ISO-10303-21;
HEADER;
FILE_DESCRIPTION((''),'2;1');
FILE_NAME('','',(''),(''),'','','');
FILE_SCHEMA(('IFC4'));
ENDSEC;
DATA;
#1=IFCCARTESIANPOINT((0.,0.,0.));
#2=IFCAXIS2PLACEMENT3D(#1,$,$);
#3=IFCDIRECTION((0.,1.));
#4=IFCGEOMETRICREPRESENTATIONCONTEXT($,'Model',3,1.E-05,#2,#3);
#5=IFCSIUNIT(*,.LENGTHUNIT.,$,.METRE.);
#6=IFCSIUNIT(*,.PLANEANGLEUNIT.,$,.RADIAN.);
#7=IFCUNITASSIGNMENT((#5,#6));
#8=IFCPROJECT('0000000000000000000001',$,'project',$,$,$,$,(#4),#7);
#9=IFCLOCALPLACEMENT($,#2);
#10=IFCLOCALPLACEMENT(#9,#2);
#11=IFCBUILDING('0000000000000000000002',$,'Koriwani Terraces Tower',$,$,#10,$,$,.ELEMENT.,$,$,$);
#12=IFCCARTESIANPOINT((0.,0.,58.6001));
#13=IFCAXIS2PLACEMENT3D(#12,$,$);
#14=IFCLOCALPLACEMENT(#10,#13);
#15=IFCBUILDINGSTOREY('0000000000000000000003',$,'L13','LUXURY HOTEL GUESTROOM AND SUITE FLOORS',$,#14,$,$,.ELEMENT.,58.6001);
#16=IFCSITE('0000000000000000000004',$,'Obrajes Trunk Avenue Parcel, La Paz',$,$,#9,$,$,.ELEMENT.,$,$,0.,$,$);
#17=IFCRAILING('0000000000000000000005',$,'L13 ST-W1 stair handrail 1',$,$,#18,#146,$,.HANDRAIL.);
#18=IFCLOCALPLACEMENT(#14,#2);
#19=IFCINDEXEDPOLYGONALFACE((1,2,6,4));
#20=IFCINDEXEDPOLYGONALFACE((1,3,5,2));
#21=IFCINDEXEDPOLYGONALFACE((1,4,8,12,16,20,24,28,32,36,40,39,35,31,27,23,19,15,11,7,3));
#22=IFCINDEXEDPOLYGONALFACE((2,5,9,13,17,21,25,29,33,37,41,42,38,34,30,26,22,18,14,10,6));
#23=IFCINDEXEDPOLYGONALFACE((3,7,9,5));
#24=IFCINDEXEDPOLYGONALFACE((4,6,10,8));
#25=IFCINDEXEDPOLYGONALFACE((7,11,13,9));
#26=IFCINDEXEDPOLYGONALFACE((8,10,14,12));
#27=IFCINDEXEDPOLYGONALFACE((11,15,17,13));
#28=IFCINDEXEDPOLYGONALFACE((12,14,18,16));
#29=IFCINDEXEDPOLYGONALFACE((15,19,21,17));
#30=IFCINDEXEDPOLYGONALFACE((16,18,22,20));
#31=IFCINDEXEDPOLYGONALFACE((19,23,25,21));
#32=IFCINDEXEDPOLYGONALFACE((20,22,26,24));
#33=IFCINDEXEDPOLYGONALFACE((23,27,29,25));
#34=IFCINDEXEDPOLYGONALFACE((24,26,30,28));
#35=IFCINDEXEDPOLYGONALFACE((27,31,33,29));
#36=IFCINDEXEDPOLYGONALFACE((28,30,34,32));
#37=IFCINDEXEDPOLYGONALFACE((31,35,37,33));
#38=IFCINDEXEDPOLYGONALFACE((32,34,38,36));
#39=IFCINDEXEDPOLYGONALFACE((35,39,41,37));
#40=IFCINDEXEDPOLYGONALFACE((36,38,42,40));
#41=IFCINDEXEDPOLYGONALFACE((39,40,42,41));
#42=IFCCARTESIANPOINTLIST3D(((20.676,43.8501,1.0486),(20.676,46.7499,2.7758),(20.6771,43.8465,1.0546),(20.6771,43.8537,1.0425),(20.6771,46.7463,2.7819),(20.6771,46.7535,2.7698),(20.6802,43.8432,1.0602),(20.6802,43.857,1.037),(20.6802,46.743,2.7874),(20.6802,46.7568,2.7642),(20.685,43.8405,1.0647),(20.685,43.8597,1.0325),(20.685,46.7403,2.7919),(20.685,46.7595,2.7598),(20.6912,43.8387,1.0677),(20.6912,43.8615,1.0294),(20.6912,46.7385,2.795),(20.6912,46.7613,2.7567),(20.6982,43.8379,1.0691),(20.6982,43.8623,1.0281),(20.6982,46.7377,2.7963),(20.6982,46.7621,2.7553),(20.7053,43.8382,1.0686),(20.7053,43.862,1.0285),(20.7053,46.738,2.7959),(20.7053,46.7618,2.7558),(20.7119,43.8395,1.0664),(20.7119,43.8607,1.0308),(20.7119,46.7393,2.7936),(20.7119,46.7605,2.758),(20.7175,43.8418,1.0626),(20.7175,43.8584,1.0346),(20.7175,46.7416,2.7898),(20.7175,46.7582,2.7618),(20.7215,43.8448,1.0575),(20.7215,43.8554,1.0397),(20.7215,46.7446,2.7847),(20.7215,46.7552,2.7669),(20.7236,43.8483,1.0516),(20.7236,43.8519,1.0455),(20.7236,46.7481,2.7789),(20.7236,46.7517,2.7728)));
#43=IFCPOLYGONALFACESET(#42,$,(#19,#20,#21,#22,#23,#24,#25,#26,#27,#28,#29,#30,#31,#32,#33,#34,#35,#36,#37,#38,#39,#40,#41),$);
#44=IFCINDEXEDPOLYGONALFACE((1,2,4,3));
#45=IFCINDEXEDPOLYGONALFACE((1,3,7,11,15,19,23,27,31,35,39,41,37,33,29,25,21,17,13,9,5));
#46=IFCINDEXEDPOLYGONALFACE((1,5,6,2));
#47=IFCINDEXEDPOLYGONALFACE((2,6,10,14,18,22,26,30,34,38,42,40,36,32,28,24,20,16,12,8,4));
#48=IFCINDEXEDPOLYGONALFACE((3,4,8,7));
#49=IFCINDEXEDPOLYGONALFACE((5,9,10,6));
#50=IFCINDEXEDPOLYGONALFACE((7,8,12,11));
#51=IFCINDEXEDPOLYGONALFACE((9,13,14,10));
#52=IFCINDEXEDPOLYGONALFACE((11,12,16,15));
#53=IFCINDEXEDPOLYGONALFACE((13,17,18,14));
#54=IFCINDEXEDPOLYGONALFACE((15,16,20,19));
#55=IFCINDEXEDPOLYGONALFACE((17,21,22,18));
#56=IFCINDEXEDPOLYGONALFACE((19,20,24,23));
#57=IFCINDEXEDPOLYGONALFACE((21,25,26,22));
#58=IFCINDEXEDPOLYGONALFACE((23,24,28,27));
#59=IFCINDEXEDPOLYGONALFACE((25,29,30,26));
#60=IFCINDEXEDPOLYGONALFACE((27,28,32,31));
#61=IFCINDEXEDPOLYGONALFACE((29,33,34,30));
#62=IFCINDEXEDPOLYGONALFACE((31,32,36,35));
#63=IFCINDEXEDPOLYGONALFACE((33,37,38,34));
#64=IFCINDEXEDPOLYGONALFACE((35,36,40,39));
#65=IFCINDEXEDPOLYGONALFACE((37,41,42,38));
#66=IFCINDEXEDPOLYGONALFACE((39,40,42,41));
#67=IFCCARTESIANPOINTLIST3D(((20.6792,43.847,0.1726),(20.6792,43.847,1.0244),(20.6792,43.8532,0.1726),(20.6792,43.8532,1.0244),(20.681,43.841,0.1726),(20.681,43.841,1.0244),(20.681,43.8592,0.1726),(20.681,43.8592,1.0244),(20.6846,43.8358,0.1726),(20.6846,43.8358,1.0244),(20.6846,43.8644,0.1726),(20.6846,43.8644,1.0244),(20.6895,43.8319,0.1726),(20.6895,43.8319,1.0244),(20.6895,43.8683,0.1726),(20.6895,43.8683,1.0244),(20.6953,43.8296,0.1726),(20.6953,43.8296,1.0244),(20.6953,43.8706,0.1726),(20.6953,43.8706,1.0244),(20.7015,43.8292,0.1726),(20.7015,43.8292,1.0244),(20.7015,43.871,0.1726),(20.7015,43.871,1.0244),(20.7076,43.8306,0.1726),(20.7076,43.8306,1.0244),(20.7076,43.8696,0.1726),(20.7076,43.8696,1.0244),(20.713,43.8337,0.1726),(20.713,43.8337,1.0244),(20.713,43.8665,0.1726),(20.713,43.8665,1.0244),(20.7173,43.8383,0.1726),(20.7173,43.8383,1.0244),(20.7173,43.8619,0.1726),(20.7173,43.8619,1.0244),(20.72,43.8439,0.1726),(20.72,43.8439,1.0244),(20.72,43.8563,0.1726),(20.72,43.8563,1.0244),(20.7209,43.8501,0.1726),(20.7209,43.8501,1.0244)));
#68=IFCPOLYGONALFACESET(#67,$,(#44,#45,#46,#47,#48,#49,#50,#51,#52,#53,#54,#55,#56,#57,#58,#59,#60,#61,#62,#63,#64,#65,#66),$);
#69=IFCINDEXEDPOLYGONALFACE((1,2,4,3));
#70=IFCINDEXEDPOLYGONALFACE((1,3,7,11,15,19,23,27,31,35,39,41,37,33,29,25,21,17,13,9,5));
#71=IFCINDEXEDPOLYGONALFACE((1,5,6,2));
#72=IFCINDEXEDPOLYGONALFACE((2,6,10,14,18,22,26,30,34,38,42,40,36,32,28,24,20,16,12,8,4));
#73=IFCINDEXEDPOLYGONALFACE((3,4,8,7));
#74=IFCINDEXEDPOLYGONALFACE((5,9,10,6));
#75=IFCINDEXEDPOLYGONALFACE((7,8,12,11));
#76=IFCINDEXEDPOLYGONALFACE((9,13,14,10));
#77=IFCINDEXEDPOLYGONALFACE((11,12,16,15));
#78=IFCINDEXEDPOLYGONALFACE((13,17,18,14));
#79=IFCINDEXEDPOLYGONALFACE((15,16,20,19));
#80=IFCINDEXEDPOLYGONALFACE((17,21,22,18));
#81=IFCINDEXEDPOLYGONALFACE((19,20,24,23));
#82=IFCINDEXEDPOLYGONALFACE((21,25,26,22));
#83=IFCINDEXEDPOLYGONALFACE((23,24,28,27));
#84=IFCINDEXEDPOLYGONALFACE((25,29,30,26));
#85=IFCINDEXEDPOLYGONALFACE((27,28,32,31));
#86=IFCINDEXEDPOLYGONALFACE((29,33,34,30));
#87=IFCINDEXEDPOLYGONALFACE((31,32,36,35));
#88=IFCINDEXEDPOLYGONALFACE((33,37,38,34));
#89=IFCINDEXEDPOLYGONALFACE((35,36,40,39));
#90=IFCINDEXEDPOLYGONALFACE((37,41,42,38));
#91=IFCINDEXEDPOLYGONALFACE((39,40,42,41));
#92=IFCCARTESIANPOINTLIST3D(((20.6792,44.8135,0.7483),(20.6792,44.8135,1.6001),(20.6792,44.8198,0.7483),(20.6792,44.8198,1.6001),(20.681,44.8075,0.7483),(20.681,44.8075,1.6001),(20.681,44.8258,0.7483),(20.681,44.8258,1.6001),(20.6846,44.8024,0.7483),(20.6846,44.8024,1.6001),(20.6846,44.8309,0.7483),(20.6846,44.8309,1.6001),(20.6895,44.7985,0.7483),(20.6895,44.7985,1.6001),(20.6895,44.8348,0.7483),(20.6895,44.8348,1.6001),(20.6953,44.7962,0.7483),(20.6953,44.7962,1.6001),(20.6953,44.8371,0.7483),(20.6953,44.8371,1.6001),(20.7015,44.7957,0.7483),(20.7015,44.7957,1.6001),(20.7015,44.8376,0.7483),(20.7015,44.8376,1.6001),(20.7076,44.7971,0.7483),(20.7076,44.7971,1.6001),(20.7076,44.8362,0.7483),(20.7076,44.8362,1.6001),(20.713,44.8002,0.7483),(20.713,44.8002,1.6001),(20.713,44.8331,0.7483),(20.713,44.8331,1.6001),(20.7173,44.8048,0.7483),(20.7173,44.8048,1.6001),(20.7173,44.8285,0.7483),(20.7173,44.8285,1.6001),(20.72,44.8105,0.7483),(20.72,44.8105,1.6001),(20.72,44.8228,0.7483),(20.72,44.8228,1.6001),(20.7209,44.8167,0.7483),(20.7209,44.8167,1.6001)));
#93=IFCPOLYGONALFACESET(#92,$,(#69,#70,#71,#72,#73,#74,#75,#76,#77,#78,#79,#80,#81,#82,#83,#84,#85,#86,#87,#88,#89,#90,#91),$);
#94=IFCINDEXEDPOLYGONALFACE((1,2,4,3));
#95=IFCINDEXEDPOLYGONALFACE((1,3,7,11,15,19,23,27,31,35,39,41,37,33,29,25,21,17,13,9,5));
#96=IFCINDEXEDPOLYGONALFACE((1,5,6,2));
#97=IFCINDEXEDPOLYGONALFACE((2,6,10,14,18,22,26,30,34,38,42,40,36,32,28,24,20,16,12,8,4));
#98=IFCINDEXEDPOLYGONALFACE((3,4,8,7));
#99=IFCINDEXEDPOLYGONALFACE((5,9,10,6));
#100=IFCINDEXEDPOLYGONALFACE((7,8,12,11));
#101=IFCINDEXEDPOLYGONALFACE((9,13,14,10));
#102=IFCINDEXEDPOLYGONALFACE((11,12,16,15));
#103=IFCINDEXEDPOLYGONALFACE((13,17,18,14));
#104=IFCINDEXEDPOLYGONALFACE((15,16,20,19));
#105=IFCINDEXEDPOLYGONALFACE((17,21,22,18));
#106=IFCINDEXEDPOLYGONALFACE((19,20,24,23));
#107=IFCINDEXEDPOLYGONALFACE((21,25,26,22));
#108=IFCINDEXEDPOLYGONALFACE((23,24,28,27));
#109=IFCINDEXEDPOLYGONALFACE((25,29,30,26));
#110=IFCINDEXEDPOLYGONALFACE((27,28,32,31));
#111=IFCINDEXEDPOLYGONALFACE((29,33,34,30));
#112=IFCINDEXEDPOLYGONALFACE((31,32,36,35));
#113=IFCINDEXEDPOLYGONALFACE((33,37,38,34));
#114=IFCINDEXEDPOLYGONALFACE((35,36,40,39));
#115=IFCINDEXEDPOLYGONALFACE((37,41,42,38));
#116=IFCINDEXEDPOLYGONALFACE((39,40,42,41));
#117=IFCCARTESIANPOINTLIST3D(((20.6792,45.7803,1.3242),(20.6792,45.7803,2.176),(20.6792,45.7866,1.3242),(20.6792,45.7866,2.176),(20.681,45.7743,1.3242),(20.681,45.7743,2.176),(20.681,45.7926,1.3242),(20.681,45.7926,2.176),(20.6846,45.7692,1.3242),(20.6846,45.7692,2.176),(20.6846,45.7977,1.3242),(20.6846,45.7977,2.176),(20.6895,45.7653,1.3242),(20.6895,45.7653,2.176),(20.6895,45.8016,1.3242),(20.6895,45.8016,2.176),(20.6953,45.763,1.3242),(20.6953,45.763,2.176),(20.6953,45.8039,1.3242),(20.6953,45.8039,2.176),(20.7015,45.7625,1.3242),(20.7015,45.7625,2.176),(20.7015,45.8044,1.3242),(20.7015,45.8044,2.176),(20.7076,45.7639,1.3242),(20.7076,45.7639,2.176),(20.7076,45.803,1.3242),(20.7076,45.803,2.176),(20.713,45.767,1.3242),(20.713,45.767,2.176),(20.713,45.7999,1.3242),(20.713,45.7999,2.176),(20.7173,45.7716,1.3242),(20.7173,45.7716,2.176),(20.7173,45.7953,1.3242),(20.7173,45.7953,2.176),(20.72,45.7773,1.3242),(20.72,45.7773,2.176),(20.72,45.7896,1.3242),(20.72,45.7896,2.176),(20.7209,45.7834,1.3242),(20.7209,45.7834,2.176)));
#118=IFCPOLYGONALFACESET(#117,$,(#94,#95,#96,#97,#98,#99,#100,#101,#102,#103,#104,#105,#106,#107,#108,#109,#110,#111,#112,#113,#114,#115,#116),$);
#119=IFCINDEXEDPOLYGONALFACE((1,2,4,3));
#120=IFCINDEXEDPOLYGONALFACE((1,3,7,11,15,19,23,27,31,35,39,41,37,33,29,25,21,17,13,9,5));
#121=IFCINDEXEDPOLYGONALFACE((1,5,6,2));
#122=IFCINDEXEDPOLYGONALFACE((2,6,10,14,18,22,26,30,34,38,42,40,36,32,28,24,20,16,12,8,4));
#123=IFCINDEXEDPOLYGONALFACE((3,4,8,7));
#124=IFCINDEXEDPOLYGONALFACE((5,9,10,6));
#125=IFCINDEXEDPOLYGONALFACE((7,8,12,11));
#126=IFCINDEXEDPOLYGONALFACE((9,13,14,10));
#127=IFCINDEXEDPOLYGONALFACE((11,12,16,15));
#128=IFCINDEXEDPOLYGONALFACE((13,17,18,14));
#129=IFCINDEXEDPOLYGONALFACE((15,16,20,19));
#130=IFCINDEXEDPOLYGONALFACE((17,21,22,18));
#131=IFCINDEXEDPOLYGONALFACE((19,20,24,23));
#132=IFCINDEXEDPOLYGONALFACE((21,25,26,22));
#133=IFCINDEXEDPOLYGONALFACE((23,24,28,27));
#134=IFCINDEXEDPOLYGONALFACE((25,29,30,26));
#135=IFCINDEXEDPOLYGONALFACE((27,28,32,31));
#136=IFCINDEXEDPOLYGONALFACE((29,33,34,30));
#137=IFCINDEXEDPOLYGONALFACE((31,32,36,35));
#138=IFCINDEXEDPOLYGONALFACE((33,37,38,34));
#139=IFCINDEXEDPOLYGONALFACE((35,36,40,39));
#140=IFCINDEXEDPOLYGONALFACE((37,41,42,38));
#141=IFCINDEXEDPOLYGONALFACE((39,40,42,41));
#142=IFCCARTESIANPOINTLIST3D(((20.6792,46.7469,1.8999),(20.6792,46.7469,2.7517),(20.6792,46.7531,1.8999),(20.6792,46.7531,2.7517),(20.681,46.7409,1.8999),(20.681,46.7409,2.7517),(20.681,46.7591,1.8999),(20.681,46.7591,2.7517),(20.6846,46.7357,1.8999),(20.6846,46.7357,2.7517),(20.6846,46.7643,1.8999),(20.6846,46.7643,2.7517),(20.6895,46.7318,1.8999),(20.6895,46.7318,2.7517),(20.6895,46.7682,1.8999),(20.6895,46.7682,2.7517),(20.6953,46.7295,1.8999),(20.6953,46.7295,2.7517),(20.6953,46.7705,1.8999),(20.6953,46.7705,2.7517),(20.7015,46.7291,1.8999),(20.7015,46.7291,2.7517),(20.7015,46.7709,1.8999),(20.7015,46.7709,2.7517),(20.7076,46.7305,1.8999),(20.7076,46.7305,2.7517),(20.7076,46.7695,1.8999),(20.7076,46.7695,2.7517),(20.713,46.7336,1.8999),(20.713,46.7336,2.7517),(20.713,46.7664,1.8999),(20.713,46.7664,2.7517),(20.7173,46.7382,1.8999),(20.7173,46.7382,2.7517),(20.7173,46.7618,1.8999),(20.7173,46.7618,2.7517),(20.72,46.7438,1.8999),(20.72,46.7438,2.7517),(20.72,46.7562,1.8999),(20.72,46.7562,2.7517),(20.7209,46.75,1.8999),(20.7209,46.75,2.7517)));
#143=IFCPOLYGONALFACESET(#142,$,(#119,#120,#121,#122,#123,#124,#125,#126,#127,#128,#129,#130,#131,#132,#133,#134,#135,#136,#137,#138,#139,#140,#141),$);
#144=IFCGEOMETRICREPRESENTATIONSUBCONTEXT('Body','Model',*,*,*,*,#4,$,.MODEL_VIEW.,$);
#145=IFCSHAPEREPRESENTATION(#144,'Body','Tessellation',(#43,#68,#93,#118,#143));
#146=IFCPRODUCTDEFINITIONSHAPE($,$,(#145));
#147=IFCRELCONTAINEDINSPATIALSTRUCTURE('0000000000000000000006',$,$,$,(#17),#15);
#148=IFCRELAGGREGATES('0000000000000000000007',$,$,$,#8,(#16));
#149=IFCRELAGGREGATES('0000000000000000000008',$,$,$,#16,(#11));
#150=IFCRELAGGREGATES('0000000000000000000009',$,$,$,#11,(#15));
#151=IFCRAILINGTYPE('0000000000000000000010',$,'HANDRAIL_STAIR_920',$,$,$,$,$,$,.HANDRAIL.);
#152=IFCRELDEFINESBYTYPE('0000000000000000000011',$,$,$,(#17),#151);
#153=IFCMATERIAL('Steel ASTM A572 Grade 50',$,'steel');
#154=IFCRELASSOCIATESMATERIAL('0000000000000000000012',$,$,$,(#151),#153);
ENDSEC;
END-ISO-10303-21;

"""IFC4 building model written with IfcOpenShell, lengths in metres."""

from ifc_helpers import new_model, si_unit, direction, frame, origin, origin_2d, place, context, subcontext, project, spatial, circle, extrude, material, type_object, element, save


model = new_model("IFC4")

# Units and contexts
model_context = context("Model", 3, precision=1e-05, world=origin(), true_north=direction((0.0, 1.0)))
body_context = subcontext(model_context, "Body", "Model", "MODEL_VIEW")
ifc_project = project(units=[si_unit("LENGTHUNIT", "METRE"), si_unit("PLANEANGLEUNIT", "RADIAN")], contexts=[model_context])

# Site, building, storey
site_placement = place(None, origin())
site = spatial("IfcSite", under=ifc_project, at=site_placement, Name="Obrajes Trunk Avenue Parcel, La Paz", CompositionType="ELEMENT", RefElevation=0.0)
building_placement = place(site_placement, origin())
building = spatial("IfcBuilding", under=site, at=building_placement, Name="Koriwani Terraces Tower", CompositionType="ELEMENT")
storey_placement = place(building_placement, frame((0.0, 0.0, 58.6001)))
storey = spatial("IfcBuildingStorey", under=building, at=storey_placement, Name="L13", Description="LUXURY HOTEL GUESTROOM AND SUITE FLOORS", CompositionType="ELEMENT", Elevation=58.6001)

# Shared definitions
ifc_material_1 = material(Name="Steel ASTM A572 Grade 50", Category="steel")

# Railing
railing_type_1 = type_object("IfcRailingType", Name="HANDRAIL_STAIR_920", PredefinedType="HANDRAIL", material=ifc_material_1)
railing_1_placement = place(storey_placement, frame((20.7, 43.8501, 0.1726)))
element("IfcRailing", 1, at=railing_1_placement, inside=storey, type_object=railing_type_1, Name="L13 ST-W1 stair handrail 1", PredefinedType="HANDRAIL", context=body_context, shape_type="SweptSolid", body=[
    extrude(circle(Radius=0.0239, at=origin_2d()), frame((0.0, 0.0, 0.876), z_axis=(0.0, 0.859141, 0.511738), x_axis=(-1.0, 0.0, 0.0)), (0.0, 0.0, 1.0), 3.3752),
    extrude(circle(Radius=0.021, at=origin_2d()), origin(), (0.0, 0.0, 1.0), 0.8518),
    extrude(circle(Radius=0.021, at=origin_2d()), frame((0.0, 0.9666, 0.5757)), (0.0, 0.0, 1.0), 0.8518),
    extrude(circle(Radius=0.021, at=origin_2d()), frame((0.0, 1.9333, 1.1516)), (0.0, 0.0, 1.0), 0.8518),
    extrude(circle(Radius=0.021, at=origin_2d()), frame((0.0, 2.8999, 1.7273)), (0.0, 0.0, 1.0), 0.8518),
])

save(model, "model.ifc")
